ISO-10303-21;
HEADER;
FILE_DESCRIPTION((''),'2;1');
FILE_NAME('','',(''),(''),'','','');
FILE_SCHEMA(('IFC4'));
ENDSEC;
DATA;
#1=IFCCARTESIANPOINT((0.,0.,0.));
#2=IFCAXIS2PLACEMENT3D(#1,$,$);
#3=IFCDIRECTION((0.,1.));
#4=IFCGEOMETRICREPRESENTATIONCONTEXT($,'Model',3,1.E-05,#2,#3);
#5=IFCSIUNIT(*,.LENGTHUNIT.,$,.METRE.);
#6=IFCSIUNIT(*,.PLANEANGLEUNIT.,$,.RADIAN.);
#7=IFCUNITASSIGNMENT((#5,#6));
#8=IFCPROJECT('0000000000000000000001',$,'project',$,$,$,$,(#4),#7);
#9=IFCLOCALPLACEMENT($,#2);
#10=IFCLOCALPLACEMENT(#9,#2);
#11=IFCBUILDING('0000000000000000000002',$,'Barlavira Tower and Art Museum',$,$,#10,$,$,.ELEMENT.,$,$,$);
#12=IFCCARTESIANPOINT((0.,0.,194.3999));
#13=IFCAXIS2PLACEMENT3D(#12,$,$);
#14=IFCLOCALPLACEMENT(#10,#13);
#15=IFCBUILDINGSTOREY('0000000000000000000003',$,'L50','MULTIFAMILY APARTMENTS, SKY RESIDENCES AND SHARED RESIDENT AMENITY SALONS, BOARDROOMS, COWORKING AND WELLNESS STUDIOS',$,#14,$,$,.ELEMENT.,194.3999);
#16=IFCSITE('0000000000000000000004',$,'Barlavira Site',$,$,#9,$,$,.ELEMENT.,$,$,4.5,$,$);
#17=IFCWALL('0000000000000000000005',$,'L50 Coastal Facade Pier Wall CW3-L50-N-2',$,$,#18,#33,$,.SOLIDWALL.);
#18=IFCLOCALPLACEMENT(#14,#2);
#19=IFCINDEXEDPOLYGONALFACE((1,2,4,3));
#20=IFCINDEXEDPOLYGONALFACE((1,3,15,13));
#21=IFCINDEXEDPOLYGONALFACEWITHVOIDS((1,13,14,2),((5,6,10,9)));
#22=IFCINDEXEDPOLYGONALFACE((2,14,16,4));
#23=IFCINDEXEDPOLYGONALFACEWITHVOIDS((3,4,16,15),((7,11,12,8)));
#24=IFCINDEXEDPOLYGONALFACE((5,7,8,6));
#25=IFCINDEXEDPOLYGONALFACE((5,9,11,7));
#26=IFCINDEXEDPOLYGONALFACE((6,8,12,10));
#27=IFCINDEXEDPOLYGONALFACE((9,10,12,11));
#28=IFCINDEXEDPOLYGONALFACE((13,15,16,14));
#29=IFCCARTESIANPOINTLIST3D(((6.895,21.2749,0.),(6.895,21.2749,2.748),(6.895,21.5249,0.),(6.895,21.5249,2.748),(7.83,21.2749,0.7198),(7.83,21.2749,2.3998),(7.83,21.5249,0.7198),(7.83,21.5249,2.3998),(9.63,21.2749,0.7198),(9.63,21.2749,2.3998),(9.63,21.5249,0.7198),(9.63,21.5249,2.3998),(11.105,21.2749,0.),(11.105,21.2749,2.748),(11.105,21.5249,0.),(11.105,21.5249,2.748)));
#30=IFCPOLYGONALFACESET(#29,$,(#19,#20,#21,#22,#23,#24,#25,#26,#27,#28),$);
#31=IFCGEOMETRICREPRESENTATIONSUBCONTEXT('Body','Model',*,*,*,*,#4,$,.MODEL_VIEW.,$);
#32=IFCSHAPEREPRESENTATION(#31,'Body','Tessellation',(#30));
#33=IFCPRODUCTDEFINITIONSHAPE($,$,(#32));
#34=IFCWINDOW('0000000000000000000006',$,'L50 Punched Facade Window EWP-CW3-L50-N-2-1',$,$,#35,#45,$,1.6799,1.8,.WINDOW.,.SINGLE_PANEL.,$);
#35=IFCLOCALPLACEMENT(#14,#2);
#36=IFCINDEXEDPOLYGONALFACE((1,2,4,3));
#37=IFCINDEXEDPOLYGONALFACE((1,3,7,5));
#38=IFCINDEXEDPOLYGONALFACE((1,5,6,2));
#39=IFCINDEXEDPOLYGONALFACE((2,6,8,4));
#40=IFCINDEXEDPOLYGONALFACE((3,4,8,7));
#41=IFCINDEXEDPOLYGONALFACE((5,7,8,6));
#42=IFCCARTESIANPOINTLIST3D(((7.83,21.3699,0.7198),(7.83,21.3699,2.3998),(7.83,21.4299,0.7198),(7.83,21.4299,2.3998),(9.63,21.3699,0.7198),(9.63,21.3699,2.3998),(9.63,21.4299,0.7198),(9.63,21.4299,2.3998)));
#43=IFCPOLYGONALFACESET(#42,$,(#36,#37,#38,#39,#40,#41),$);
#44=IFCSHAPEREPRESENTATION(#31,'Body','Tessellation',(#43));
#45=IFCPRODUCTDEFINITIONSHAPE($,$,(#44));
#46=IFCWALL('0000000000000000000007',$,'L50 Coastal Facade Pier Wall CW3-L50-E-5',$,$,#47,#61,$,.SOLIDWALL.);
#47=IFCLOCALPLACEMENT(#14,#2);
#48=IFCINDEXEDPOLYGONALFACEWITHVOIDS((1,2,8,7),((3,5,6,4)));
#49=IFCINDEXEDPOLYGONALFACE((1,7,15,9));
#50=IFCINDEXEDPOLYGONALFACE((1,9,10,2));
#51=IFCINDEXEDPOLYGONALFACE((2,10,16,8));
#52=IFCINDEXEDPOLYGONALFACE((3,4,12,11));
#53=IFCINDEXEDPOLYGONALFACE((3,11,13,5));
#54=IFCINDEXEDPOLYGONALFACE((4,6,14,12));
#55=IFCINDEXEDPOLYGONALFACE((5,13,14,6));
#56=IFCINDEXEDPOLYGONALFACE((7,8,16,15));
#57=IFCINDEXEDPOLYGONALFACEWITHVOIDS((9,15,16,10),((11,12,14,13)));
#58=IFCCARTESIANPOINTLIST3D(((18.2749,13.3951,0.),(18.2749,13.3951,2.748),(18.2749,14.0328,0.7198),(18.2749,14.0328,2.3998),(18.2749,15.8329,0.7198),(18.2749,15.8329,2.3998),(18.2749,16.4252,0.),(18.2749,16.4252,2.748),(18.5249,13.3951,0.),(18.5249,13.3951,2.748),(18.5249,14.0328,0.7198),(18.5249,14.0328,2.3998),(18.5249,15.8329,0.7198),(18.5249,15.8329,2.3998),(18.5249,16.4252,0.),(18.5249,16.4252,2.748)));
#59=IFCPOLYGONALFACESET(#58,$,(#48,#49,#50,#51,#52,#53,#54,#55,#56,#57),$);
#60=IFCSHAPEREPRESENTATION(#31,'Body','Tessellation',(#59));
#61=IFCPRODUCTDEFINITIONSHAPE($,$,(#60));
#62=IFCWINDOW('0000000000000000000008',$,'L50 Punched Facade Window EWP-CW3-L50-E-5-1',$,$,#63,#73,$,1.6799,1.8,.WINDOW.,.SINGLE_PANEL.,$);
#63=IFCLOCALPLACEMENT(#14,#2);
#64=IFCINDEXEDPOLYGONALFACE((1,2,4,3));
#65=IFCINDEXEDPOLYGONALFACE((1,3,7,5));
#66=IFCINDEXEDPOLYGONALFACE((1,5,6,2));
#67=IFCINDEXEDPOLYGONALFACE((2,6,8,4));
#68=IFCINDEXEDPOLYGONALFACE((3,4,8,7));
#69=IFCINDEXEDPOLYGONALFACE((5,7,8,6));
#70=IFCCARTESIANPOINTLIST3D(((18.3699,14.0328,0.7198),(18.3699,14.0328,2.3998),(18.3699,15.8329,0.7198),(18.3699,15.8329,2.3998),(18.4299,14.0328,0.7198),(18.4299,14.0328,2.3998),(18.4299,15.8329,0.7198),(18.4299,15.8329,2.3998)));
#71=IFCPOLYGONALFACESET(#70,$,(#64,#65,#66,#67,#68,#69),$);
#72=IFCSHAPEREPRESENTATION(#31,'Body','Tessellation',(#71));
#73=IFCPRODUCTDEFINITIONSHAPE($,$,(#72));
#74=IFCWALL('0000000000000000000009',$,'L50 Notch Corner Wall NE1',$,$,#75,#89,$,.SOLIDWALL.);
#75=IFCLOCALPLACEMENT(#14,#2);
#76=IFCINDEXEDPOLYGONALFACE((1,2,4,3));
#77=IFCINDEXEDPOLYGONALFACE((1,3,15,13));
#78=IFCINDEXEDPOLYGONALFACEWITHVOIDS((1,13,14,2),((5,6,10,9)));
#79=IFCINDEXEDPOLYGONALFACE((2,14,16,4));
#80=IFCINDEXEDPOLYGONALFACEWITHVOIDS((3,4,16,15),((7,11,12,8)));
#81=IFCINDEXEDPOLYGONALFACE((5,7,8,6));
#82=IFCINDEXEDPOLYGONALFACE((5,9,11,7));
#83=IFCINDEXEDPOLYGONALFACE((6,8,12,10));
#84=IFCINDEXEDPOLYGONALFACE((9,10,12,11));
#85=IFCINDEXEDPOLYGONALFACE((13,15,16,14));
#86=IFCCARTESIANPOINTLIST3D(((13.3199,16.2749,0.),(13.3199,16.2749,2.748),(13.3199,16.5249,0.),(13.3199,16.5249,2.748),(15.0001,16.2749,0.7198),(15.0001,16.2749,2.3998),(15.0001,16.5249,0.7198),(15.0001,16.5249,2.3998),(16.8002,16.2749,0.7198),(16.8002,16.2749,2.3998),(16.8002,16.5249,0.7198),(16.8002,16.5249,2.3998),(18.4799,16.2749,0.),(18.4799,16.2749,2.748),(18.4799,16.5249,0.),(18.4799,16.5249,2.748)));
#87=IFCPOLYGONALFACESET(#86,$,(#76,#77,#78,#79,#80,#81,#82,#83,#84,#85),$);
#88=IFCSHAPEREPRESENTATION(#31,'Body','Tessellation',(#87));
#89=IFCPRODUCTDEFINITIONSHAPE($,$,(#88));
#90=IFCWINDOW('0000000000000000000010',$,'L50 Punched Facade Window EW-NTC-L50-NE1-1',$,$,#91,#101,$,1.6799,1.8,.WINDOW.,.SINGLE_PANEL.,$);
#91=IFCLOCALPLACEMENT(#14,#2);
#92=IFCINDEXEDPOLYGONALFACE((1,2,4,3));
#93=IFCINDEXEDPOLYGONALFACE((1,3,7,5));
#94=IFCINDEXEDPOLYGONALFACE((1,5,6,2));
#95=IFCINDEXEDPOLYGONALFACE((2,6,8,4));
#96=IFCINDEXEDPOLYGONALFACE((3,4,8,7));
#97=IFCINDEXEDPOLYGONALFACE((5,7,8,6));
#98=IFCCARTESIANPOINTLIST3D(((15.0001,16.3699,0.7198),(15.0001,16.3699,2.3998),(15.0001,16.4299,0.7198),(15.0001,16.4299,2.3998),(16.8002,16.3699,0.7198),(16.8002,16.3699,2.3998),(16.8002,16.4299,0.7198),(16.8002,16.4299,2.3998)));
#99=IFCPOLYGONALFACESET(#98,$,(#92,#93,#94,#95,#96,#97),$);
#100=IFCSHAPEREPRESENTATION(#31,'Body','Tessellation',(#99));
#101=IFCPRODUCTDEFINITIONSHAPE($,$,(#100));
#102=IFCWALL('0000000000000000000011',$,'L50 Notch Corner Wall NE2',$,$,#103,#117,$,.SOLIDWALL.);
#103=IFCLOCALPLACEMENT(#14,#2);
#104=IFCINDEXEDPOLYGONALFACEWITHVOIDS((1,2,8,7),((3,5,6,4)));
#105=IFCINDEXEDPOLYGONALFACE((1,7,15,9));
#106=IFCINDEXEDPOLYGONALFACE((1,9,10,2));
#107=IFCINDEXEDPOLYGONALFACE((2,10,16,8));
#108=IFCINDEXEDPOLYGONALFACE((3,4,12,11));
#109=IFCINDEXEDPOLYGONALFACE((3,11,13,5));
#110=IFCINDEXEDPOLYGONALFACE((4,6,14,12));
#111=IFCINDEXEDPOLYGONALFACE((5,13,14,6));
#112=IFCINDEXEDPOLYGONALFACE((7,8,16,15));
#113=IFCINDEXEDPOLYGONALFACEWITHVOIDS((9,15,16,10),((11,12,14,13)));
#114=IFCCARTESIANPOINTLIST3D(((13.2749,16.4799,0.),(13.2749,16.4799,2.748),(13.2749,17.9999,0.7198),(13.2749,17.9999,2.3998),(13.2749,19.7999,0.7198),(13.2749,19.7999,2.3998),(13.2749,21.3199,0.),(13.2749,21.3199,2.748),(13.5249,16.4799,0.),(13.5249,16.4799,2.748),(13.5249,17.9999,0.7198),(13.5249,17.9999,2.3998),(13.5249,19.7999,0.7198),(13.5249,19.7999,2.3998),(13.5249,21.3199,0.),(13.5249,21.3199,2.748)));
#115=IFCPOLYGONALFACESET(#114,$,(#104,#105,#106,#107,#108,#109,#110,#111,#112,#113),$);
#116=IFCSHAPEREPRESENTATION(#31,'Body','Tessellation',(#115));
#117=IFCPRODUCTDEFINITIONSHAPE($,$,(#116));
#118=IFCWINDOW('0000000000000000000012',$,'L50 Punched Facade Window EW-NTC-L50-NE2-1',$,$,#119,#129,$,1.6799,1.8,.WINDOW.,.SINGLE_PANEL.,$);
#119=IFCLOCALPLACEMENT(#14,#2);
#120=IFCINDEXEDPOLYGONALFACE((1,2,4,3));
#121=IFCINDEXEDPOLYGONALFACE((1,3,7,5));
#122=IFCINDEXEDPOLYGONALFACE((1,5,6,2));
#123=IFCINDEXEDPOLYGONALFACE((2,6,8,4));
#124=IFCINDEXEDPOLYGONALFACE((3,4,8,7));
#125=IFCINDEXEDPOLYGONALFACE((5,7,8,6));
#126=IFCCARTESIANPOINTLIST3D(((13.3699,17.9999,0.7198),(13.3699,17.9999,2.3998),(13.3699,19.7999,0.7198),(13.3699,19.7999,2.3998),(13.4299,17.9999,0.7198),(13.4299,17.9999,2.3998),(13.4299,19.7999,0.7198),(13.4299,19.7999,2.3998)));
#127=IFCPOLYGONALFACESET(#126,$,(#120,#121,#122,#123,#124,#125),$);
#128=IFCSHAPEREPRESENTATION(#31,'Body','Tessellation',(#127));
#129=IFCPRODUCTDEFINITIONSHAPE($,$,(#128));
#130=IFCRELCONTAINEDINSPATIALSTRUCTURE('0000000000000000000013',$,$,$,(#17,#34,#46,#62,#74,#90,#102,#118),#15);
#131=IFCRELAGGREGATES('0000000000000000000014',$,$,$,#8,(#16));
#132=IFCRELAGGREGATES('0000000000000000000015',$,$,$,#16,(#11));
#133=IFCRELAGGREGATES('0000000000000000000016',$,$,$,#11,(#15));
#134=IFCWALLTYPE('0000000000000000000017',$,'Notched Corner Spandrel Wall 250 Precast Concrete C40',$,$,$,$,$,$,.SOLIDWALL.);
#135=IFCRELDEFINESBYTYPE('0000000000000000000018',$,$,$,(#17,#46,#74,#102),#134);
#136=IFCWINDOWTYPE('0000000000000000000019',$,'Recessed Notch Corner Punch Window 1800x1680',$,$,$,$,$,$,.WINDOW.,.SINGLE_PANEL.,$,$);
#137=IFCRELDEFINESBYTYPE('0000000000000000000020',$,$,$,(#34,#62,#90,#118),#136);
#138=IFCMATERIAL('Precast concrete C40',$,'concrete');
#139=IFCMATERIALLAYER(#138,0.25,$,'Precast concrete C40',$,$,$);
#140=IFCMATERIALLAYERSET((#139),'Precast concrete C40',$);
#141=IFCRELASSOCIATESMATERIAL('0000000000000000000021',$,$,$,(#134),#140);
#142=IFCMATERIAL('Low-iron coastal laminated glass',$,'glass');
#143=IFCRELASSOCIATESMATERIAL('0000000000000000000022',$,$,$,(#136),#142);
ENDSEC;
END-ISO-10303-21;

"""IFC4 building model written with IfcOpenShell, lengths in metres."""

from ifc_helpers import new_model, si_unit, direction, frame, frame_2d, origin, place, context, subcontext, project, spatial, rectangle, extrude, material, layer, layer_set, type_object, element, fill, save


model = new_model("IFC4")

# Units and contexts
model_context = context("Model", 3, precision=1e-05, world=origin(), true_north=direction((0.0, 1.0)))
body_context = subcontext(model_context, "Body", "Model", "MODEL_VIEW")
ifc_project = project(units=[si_unit("LENGTHUNIT", "METRE"), si_unit("PLANEANGLEUNIT", "RADIAN")], contexts=[model_context])

# Site, building, storey
site_placement = place(None, origin())
site = spatial("IfcSite", under=ifc_project, at=site_placement, Name="Barlavira Site", CompositionType="ELEMENT", RefElevation=4.5)
building_placement = place(site_placement, origin())
building = spatial("IfcBuilding", under=site, at=building_placement, Name="Barlavira Tower and Art Museum", CompositionType="ELEMENT")
storey_placement = place(building_placement, frame((0.0, 0.0, 194.3999)))
storey = spatial("IfcBuildingStorey", under=building, at=storey_placement, Name="L50", Description="MULTIFAMILY APARTMENTS, SKY RESIDENCES AND SHARED RESIDENT AMENITY SALONS, BOARDROOMS, COWORKING AND WELLNESS STUDIOS", CompositionType="ELEMENT", Elevation=194.3999)

# Walls, openings, windows
ifc_material_1 = material(Name="Precast concrete C40", Category="concrete")
ifc_layer_1 = layer(ifc_material_1, 0.25, Name="Precast concrete C40")
ifc_layer_set_1 = layer_set([ifc_layer_1], Name="Precast concrete C40")
wall_type_1 = type_object("IfcWallType", Name="Notched Corner Spandrel Wall 250 Precast Concrete C40", PredefinedType="SOLIDWALL", material=ifc_layer_set_1)
ifc_material_2 = material(Name="Low-iron coastal laminated glass", Category="glass")
wall_1_placement = place(storey_placement, frame((11.105, 21.3999, 0.0), z_axis=(0.0, 0.0, 1.0), x_axis=(-1.0, 0.0, 0.0)))
wall_1 = element("IfcWall", 1, at=wall_1_placement, inside=storey, type_object=wall_type_1, Name="L50 Coastal Facade Pier Wall CW3-L50-N-2", PredefinedType="SOLIDWALL", context=body_context, shape_type="SweptSolid", body=[
    extrude(rectangle(XDim=4.21, YDim=0.25, at=frame_2d((2.105, 0.0))), origin(), (0.0, 0.0, 1.0), 2.748),
])
opening_1_placement = place(wall_1_placement, frame((1.4751, 0.0, 0.72)))
opening_1 = element("IfcOpeningElement", 2, at=opening_1_placement, cuts=wall_1, PredefinedType="OPENING", context=body_context, shape_type="SweptSolid", body=[
    extrude(rectangle(XDim=1.8, YDim=1.6799, at=frame_2d((0.8999, 0.8398))), frame((0.0, 0.135, 0.0), z_axis=(0.0, -1.0, 0.0), x_axis=(1.0, 0.0, 0.0)), (0.0, 0.0, 1.0), 0.27),
])
window_type_1 = type_object("IfcWindowType", Name="Recessed Notch Corner Punch Window 1800x1680", PartitioningType="SINGLE_PANEL", PredefinedType="WINDOW", material=ifc_material_2)
window_1_placement = place(opening_1_placement, origin())
window_1 = element("IfcWindow", 3, at=window_1_placement, inside=storey, type_object=window_type_1, Name="L50 Punched Facade Window EWP-CW3-L50-N-2-1", OverallHeight=1.6799, OverallWidth=1.8, PartitioningType="SINGLE_PANEL", PredefinedType="WINDOW", context=body_context, shape_type="SweptSolid", body=[
    extrude(rectangle(XDim=1.8, YDim=1.6799, at=frame_2d((0.8999, 0.8398))), frame((0.0, 0.03, 0.0), z_axis=(0.0, -1.0, 0.0), x_axis=(1.0, 0.0, 0.0)), (0.0, 0.0, 1.0), 0.0601),
])
fill(opening_1, window_1)
wall_2_placement = place(storey_placement, frame((18.3999, 13.395, 0.0), z_axis=(0.0, 0.0, 1.0), x_axis=(0.0, 1.0, 0.0)))
wall_2 = element("IfcWall", 4, at=wall_2_placement, inside=storey, type_object=wall_type_1, Name="L50 Coastal Facade Pier Wall CW3-L50-E-5", PredefinedType="SOLIDWALL", context=body_context, shape_type="SweptSolid", body=[
    extrude(rectangle(XDim=3.03, YDim=0.25, at=frame_2d((1.5151, 0.0))), origin(), (0.0, 0.0, 1.0), 2.748),
])
opening_2_placement = place(wall_2_placement, frame((0.6379, 0.0, 0.72)))
opening_2 = element("IfcOpeningElement", 5, at=opening_2_placement, cuts=wall_2, PredefinedType="OPENING", context=body_context, shape_type="SweptSolid", body=[
    extrude(rectangle(XDim=1.8, YDim=1.6799, at=frame_2d((0.8999, 0.8398))), frame((0.0, 0.135, 0.0), z_axis=(0.0, -1.0, 0.0), x_axis=(1.0, 0.0, 0.0)), (0.0, 0.0, 1.0), 0.27),
])
window_2_placement = place(opening_2_placement, origin())
window_2 = element("IfcWindow", 6, at=window_2_placement, inside=storey, type_object=window_type_1, Name="L50 Punched Facade Window EWP-CW3-L50-E-5-1", OverallHeight=1.6799, OverallWidth=1.8, PartitioningType="SINGLE_PANEL", PredefinedType="WINDOW", context=body_context, shape_type="SweptSolid", body=[
    extrude(rectangle(XDim=1.8, YDim=1.6799, at=frame_2d((0.8999, 0.8398))), frame((0.0, 0.03, 0.0), z_axis=(0.0, -1.0, 0.0), x_axis=(1.0, 0.0, 0.0)), (0.0, 0.0, 1.0), 0.0601),
])
fill(opening_2, window_2)
wall_3_placement = place(storey_placement, frame((18.48, 16.3999, 0.0), z_axis=(0.0, 0.0, 1.0), x_axis=(-1.0, 0.0, 0.0)))
wall_3 = element("IfcWall", 7, at=wall_3_placement, inside=storey, type_object=wall_type_1, Name="L50 Notch Corner Wall NE1", PredefinedType="SOLIDWALL", context=body_context, shape_type="SweptSolid", body=[
    extrude(rectangle(XDim=5.1599, YDim=0.25, at=frame_2d((2.5801, 0.0))), origin(), (0.0, 0.0, 1.0), 2.748),
])
opening_3_placement = place(wall_3_placement, frame((1.6799, 0.0, 0.72)))
opening_3 = element("IfcOpeningElement", 8, at=opening_3_placement, cuts=wall_3, PredefinedType="OPENING", context=body_context, shape_type="SweptSolid", body=[
    extrude(rectangle(XDim=1.8, YDim=1.6799, at=frame_2d((0.8999, 0.8398))), frame((0.0, 0.135, 0.0), z_axis=(0.0, -1.0, 0.0), x_axis=(1.0, 0.0, 0.0)), (0.0, 0.0, 1.0), 0.27),
])
window_3_placement = place(opening_3_placement, origin())
window_3 = element("IfcWindow", 9, at=window_3_placement, inside=storey, type_object=window_type_1, Name="L50 Punched Facade Window EW-NTC-L50-NE1-1", OverallHeight=1.6799, OverallWidth=1.8, PartitioningType="SINGLE_PANEL", PredefinedType="WINDOW", context=body_context, shape_type="SweptSolid", body=[
    extrude(rectangle(XDim=1.8, YDim=1.6799, at=frame_2d((0.8999, 0.8398))), frame((0.0, 0.03, 0.0), z_axis=(0.0, -1.0, 0.0), x_axis=(1.0, 0.0, 0.0)), (0.0, 0.0, 1.0), 0.0601),
])
fill(opening_3, window_3)
wall_4_placement = place(storey_placement, frame((13.3999, 16.48, 0.0), z_axis=(0.0, 0.0, 1.0), x_axis=(0.0, 1.0, 0.0)))
wall_4 = element("IfcWall", 10, at=wall_4_placement, inside=storey, type_object=wall_type_1, Name="L50 Notch Corner Wall NE2", PredefinedType="SOLIDWALL", context=body_context, shape_type="SweptSolid", body=[
    extrude(rectangle(XDim=4.8401, YDim=0.25, at=frame_2d((2.4199, 0.0))), origin(), (0.0, 0.0, 1.0), 2.748),
])
opening_4_placement = place(wall_4_placement, frame((1.52, 0.0, 0.72)))
opening_4 = element("IfcOpeningElement", 11, at=opening_4_placement, cuts=wall_4, PredefinedType="OPENING", context=body_context, shape_type="SweptSolid", body=[
    extrude(rectangle(XDim=1.8, YDim=1.6799, at=frame_2d((0.8999, 0.8398))), frame((0.0, 0.135, 0.0), z_axis=(0.0, -1.0, 0.0), x_axis=(1.0, 0.0, 0.0)), (0.0, 0.0, 1.0), 0.27),
])
window_4_placement = place(opening_4_placement, origin())
window_4 = element("IfcWindow", 12, at=window_4_placement, inside=storey, type_object=window_type_1, Name="L50 Punched Facade Window EW-NTC-L50-NE2-1", OverallHeight=1.6799, OverallWidth=1.8, PartitioningType="SINGLE_PANEL", PredefinedType="WINDOW", context=body_context, shape_type="SweptSolid", body=[
    extrude(rectangle(XDim=1.8, YDim=1.6799, at=frame_2d((0.8999, 0.8398))), frame((0.0, 0.03, 0.0), z_axis=(0.0, -1.0, 0.0), x_axis=(1.0, 0.0, 0.0)), (0.0, 0.0, 1.0), 0.0601),
])
fill(opening_4, window_4)

save(model, "model.ifc")
